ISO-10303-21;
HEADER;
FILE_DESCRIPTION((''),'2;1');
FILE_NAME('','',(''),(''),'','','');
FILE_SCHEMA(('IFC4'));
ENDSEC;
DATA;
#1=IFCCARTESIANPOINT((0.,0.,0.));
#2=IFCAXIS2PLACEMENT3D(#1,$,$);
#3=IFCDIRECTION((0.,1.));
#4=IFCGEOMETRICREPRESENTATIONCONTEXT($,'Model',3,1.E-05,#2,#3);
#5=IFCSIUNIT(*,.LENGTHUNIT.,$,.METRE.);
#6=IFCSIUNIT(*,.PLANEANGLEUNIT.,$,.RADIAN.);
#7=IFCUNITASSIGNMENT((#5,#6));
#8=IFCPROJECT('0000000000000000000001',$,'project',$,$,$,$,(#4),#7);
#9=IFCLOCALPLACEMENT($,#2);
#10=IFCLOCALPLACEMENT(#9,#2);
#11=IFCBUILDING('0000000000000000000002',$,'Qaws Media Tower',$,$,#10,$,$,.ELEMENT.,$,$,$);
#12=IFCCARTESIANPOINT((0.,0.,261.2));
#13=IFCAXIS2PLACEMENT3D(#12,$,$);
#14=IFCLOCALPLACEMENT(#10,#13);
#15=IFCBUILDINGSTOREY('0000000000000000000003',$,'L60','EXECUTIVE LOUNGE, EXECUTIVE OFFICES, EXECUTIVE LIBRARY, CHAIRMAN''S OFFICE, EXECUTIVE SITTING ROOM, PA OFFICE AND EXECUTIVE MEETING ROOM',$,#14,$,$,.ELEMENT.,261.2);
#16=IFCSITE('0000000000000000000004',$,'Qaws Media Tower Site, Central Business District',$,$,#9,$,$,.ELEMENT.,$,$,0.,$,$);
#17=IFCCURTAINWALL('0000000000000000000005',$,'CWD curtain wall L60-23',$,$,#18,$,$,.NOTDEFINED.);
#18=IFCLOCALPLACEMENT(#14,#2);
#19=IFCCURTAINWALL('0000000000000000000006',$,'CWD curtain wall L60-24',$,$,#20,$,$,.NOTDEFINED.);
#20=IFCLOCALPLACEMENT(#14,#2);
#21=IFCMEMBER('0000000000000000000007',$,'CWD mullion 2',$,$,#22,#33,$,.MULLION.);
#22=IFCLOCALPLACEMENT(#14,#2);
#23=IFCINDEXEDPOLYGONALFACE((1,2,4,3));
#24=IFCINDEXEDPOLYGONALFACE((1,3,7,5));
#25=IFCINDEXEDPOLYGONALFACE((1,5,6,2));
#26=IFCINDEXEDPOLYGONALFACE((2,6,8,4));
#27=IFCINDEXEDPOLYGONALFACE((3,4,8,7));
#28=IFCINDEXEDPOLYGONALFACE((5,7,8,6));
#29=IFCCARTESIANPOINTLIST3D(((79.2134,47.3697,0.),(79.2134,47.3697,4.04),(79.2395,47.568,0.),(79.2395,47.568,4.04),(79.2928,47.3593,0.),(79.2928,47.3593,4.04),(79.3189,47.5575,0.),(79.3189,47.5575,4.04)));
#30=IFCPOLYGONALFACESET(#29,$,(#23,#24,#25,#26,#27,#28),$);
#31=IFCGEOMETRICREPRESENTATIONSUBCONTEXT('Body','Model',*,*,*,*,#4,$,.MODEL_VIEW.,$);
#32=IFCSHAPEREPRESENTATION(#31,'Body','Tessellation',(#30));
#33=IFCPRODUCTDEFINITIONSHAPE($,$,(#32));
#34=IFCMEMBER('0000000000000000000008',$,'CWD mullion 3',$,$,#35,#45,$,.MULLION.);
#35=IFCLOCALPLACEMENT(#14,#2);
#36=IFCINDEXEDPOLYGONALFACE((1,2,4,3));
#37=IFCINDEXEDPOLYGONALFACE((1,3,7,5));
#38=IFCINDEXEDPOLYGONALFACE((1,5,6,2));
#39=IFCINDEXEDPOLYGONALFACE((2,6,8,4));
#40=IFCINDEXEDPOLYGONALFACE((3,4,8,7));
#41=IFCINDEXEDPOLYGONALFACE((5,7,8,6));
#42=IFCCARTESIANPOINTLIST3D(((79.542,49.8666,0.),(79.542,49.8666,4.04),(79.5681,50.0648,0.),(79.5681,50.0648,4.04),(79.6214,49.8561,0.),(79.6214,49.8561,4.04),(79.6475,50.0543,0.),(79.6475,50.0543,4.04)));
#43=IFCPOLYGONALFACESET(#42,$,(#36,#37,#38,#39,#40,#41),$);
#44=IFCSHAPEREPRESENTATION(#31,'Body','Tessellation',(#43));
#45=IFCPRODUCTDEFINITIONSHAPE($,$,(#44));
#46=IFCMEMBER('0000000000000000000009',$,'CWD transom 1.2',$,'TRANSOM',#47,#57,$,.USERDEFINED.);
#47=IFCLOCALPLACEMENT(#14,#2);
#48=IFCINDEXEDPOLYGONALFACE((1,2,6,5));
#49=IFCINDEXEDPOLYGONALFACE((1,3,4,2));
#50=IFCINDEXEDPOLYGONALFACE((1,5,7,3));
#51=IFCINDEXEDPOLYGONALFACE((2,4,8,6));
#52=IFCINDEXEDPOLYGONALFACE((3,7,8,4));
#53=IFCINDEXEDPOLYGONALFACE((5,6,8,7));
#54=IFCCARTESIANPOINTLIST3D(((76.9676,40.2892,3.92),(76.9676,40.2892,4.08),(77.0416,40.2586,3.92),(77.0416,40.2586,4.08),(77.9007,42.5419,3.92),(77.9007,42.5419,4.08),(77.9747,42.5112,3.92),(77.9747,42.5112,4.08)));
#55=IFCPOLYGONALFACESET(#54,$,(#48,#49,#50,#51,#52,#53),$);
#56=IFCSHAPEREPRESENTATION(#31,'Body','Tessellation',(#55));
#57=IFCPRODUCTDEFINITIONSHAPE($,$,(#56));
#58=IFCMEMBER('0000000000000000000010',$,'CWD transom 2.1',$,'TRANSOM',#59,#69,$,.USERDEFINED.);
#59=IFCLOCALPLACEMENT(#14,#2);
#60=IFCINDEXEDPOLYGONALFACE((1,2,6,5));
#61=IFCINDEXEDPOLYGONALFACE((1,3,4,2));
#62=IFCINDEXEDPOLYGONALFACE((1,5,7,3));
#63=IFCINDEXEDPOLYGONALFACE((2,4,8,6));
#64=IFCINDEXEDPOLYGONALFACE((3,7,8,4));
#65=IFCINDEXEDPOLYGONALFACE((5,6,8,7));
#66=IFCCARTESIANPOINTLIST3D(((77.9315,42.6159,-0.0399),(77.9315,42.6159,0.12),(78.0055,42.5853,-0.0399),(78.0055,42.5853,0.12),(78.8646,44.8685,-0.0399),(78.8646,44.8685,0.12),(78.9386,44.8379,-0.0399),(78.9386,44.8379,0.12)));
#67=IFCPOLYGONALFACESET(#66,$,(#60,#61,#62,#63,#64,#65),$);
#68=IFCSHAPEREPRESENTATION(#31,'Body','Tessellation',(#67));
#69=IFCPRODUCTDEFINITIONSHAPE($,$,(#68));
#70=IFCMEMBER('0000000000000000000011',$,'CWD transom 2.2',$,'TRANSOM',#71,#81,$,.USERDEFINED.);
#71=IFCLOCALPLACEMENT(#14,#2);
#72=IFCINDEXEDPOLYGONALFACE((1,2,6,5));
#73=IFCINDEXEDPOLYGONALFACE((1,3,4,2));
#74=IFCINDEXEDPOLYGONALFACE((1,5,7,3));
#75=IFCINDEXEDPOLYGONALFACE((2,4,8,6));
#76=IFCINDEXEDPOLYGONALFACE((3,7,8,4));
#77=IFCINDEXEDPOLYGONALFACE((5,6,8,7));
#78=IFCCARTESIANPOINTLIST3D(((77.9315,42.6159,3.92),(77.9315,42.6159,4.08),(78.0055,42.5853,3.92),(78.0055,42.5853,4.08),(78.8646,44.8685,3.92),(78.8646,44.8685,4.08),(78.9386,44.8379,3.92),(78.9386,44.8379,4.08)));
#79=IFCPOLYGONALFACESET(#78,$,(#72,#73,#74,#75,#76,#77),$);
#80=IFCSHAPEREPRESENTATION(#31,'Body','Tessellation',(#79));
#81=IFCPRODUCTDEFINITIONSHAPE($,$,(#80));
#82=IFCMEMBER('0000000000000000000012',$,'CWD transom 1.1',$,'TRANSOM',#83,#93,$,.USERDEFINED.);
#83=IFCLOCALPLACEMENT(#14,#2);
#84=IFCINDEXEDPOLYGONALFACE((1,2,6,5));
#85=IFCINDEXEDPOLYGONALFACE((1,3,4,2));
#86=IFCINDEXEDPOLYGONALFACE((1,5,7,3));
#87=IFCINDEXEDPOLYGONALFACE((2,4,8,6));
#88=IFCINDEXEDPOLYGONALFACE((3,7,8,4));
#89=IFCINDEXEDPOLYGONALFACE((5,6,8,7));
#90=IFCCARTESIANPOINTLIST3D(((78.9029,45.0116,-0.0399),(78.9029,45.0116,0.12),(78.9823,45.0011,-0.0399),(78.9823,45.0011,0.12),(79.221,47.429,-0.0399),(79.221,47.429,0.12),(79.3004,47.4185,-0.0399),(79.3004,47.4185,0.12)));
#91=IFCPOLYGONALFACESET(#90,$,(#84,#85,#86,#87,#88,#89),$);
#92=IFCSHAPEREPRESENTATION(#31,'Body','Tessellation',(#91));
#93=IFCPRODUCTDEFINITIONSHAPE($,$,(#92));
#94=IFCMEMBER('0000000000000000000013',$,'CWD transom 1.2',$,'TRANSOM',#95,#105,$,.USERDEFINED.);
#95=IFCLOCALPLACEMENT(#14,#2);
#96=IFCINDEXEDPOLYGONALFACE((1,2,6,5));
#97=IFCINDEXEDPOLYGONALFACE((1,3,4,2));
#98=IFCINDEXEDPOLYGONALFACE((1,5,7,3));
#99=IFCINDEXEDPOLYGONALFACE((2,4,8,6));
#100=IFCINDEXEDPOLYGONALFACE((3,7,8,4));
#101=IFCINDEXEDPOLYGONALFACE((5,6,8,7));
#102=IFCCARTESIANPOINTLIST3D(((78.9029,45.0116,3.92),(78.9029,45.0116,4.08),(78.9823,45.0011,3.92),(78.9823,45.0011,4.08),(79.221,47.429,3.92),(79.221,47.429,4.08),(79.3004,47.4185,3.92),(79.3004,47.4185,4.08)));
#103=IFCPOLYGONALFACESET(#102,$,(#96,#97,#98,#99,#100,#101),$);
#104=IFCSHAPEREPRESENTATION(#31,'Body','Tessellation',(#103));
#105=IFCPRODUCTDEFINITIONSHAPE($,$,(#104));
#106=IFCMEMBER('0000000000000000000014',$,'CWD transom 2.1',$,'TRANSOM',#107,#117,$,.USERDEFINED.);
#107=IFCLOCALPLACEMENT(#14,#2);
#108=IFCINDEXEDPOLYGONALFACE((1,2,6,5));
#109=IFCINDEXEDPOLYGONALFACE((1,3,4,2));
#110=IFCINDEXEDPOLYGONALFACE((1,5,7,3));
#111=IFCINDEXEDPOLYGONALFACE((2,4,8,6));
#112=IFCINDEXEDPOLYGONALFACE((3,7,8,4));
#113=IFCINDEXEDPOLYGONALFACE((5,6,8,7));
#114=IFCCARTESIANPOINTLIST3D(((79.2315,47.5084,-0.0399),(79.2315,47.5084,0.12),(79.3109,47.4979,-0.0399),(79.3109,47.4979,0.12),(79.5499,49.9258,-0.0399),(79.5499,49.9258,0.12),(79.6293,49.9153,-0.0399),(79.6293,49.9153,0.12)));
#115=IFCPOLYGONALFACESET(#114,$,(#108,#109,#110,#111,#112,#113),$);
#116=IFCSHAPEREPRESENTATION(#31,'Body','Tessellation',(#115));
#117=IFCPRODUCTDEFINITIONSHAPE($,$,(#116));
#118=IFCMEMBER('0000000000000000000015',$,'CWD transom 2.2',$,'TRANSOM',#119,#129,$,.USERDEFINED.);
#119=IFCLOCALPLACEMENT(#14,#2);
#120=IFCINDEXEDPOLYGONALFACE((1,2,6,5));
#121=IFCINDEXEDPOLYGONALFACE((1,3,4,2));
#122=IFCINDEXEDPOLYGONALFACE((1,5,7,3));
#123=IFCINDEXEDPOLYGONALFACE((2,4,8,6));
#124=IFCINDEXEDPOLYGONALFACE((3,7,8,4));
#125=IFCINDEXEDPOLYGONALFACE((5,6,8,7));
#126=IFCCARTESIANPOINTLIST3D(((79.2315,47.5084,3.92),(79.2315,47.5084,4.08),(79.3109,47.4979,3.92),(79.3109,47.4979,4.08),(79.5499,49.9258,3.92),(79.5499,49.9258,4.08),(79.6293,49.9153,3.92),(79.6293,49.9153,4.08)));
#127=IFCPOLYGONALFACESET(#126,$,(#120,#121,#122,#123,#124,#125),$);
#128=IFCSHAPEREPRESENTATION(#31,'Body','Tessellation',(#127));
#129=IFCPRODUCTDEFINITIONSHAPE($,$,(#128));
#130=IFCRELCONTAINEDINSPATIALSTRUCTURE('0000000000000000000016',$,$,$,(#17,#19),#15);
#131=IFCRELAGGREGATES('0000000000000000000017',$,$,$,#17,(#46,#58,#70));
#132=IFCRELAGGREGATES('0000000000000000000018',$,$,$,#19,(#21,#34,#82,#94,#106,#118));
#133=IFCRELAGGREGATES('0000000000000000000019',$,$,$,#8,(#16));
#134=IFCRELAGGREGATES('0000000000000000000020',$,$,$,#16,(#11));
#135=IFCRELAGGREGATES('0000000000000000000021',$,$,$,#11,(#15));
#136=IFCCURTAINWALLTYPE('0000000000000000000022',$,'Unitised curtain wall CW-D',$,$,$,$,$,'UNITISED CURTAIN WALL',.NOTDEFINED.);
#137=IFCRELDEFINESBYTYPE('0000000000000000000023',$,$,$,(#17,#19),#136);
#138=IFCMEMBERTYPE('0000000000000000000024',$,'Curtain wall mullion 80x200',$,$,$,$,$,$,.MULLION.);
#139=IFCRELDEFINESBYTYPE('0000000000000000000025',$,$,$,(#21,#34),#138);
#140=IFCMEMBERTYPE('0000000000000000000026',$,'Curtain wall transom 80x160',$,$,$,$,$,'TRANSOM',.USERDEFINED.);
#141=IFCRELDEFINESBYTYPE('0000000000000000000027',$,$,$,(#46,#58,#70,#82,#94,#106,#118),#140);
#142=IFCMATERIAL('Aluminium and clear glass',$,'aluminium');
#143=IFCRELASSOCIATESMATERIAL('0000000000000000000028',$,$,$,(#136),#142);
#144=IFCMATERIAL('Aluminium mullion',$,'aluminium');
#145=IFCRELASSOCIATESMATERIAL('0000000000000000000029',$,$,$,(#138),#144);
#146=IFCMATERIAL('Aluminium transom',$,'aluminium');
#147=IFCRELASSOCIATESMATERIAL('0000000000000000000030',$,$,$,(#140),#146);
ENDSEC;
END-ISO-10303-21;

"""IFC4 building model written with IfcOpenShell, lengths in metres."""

from ifc_helpers import new_model, si_unit, direction, frame, origin, origin_2d, place, context, subcontext, project, spatial, rectangle, extrude, material, material_profile, profile_set, type_object, element, aggregate, save


model = new_model("IFC4")

# Units and contexts
model_context = context("Model", 3, precision=1e-05, world=origin(), true_north=direction((0.0, 1.0)))
body_context = subcontext(model_context, "Body", "Model", "MODEL_VIEW")
ifc_project = project(units=[si_unit("LENGTHUNIT", "METRE"), si_unit("PLANEANGLEUNIT", "RADIAN")], contexts=[model_context])

# Site, building, storey
site_placement = place(None, origin())
site = spatial("IfcSite", under=ifc_project, at=site_placement, Name="Qaws Media Tower Site, Central Business District", CompositionType="ELEMENT", RefElevation=0.0)
building_placement = place(site_placement, origin())
building = spatial("IfcBuilding", under=site, at=building_placement, Name="Qaws Media Tower", CompositionType="ELEMENT")
storey_placement = place(building_placement, frame((0.0, 0.0, 261.2)))
storey = spatial("IfcBuildingStorey", under=building, at=storey_placement, Name="L60", Description="EXECUTIVE LOUNGE, EXECUTIVE OFFICES, EXECUTIVE LIBRARY, CHAIRMAN'S OFFICE, EXECUTIVE SITTING ROOM, PA OFFICE AND EXECUTIVE MEETING ROOM", CompositionType="ELEMENT", Elevation=261.2)

# Curtain walls, members
ifc_material_1 = material(Name="Aluminium and clear glass", Category="aluminium")
curtain_wall_type = type_object("IfcCurtainWallType", Name="Unitised curtain wall CW-D", ElementType="UNITISED CURTAIN WALL", PredefinedType="NOTDEFINED", material=ifc_material_1)
curtain_wall_1_placement = place(storey_placement, origin())
curtain_wall_1 = element("IfcCurtainWall", 1, at=curtain_wall_1_placement, inside=storey, type_object=curtain_wall_type, Name="CWD curtain wall L60-23", PredefinedType="NOTDEFINED")
ifc_material_2 = material(Name="Aluminium mullion", Category="aluminium")
ifc_material_profile_1 = material_profile(ifc_material_2, rectangle(XDim=0.0801, YDim=0.2, at=origin_2d()), Name="80x200")
ifc_profile_set_1 = profile_set([ifc_material_profile_1], Name="Aluminium mullion")
member_type_1 = type_object("IfcMemberType", Name="Curtain wall mullion 80x200", PredefinedType="MULLION", material=ifc_profile_set_1)
curtain_wall_2_placement = place(storey_placement, origin())
curtain_wall_2 = element("IfcCurtainWall", 2, at=curtain_wall_2_placement, inside=storey, type_object=curtain_wall_type, Name="CWD curtain wall L60-24", PredefinedType="NOTDEFINED")
member_1_placement = place(storey_placement, frame((79.2661, 47.4636, 0.0), z_axis=(0.0, 0.0, 1.0), x_axis=(-0.991445, 0.130526, 0.0)))
member_1 = element("IfcMember", 3, at=member_1_placement, type_object=member_type_1, Name="CWD mullion 2", PredefinedType="MULLION", context=body_context, shape_type="SweptSolid", body=[
    extrude(rectangle(XDim=0.0801, YDim=0.2, at=origin_2d()), origin(), (0.0, 0.0, 1.0), 4.04),
])
member_2_placement = place(storey_placement, frame((79.5947, 49.9604, 0.0), z_axis=(0.0, 0.0, 1.0), x_axis=(-0.991445, 0.130526, 0.0)))
member_2 = element("IfcMember", 4, at=member_2_placement, type_object=member_type_1, Name="CWD mullion 3", PredefinedType="MULLION", context=body_context, shape_type="SweptSolid", body=[
    extrude(rectangle(XDim=0.0801, YDim=0.2, at=origin_2d()), origin(), (0.0, 0.0, 1.0), 4.04),
])

# Members
ifc_material_3 = material(Name="Aluminium transom", Category="aluminium")
ifc_material_profile_2 = material_profile(ifc_material_3, rectangle(XDim=0.0801, YDim=0.1599, at=origin_2d()), Name="80x160")
ifc_profile_set_2 = profile_set([ifc_material_profile_2], Name="Aluminium transom")
member_type_2 = type_object("IfcMemberType", Name="Curtain wall transom 80x160", ElementType="TRANSOM", PredefinedType="USERDEFINED", material=ifc_profile_set_2)
member_3_placement = place(storey_placement, frame((77.0046, 40.2739, 4.0), z_axis=(0.382688, 0.923878, 0.0), x_axis=(-0.923878, 0.382688, 0.0)))
member_3 = element("IfcMember", 5, at=member_3_placement, type_object=member_type_2, Name="CWD transom 1.2", ObjectType="TRANSOM", PredefinedType="USERDEFINED", context=body_context, shape_type="SweptSolid", body=[
    extrude(rectangle(XDim=0.0801, YDim=0.1599, at=origin_2d()), origin(), (0.0, 0.0, 1.0), 2.4382),
])
member_4_placement = place(storey_placement, frame((77.9685, 42.6006, 0.04), z_axis=(0.382688, 0.923878, 0.0), x_axis=(-0.923878, 0.382688, 0.0)))
member_4 = element("IfcMember", 6, at=member_4_placement, type_object=member_type_2, Name="CWD transom 2.1", ObjectType="TRANSOM", PredefinedType="USERDEFINED", context=body_context, shape_type="SweptSolid", body=[
    extrude(rectangle(XDim=0.0801, YDim=0.1599, at=origin_2d()), origin(), (0.0, 0.0, 1.0), 2.4382),
])
member_5_placement = place(storey_placement, frame((77.9685, 42.6006, 4.0), z_axis=(0.382688, 0.923878, 0.0), x_axis=(-0.923878, 0.382688, 0.0)))
member_5 = element("IfcMember", 7, at=member_5_placement, type_object=member_type_2, Name="CWD transom 2.2", ObjectType="TRANSOM", PredefinedType="USERDEFINED", context=body_context, shape_type="SweptSolid", body=[
    extrude(rectangle(XDim=0.0801, YDim=0.1599, at=origin_2d()), origin(), (0.0, 0.0, 1.0), 2.4382),
])
member_6_placement = place(storey_placement, frame((78.9426, 45.0063, 0.04), z_axis=(0.130465, 0.991453, 0.0), x_axis=(-0.991453, 0.130465, 0.0)))
member_6 = element("IfcMember", 8, at=member_6_placement, type_object=member_type_2, Name="CWD transom 1.1", ObjectType="TRANSOM", PredefinedType="USERDEFINED", context=body_context, shape_type="SweptSolid", body=[
    extrude(rectangle(XDim=0.0801, YDim=0.1599, at=origin_2d()), origin(), (0.0, 0.0, 1.0), 2.4382),
])
member_7_placement = place(storey_placement, frame((78.9426, 45.0063, 4.0), z_axis=(0.130465, 0.991453, 0.0), x_axis=(-0.991453, 0.130465, 0.0)))
member_7 = element("IfcMember", 9, at=member_7_placement, type_object=member_type_2, Name="CWD transom 1.2", ObjectType="TRANSOM", PredefinedType="USERDEFINED", context=body_context, shape_type="SweptSolid", body=[
    extrude(rectangle(XDim=0.0801, YDim=0.1599, at=origin_2d()), origin(), (0.0, 0.0, 1.0), 2.4382),
])
member_8_placement = place(storey_placement, frame((79.2712, 47.5032, 0.04), z_axis=(0.130563, 0.99144, 0.0), x_axis=(-0.99144, 0.130563, 0.0)))
member_8 = element("IfcMember", 10, at=member_8_placement, type_object=member_type_2, Name="CWD transom 2.1", ObjectType="TRANSOM", PredefinedType="USERDEFINED", context=body_context, shape_type="SweptSolid", body=[
    extrude(rectangle(XDim=0.0801, YDim=0.1599, at=origin_2d()), origin(), (0.0, 0.0, 1.0), 2.4382),
])
member_9_placement = place(storey_placement, frame((79.2712, 47.5032, 4.0), z_axis=(0.130563, 0.99144, 0.0), x_axis=(-0.99144, 0.130563, 0.0)))
member_9 = element("IfcMember", 11, at=member_9_placement, type_object=member_type_2, Name="CWD transom 2.2", ObjectType="TRANSOM", PredefinedType="USERDEFINED", context=body_context, shape_type="SweptSolid", body=[
    extrude(rectangle(XDim=0.0801, YDim=0.1599, at=origin_2d()), origin(), (0.0, 0.0, 1.0), 2.4382),
])

aggregate(curtain_wall_1, [member_3, member_4, member_5])
aggregate(curtain_wall_2, [member_1, member_2, member_6, member_7, member_8, member_9])

save(model, "model.ifc")
